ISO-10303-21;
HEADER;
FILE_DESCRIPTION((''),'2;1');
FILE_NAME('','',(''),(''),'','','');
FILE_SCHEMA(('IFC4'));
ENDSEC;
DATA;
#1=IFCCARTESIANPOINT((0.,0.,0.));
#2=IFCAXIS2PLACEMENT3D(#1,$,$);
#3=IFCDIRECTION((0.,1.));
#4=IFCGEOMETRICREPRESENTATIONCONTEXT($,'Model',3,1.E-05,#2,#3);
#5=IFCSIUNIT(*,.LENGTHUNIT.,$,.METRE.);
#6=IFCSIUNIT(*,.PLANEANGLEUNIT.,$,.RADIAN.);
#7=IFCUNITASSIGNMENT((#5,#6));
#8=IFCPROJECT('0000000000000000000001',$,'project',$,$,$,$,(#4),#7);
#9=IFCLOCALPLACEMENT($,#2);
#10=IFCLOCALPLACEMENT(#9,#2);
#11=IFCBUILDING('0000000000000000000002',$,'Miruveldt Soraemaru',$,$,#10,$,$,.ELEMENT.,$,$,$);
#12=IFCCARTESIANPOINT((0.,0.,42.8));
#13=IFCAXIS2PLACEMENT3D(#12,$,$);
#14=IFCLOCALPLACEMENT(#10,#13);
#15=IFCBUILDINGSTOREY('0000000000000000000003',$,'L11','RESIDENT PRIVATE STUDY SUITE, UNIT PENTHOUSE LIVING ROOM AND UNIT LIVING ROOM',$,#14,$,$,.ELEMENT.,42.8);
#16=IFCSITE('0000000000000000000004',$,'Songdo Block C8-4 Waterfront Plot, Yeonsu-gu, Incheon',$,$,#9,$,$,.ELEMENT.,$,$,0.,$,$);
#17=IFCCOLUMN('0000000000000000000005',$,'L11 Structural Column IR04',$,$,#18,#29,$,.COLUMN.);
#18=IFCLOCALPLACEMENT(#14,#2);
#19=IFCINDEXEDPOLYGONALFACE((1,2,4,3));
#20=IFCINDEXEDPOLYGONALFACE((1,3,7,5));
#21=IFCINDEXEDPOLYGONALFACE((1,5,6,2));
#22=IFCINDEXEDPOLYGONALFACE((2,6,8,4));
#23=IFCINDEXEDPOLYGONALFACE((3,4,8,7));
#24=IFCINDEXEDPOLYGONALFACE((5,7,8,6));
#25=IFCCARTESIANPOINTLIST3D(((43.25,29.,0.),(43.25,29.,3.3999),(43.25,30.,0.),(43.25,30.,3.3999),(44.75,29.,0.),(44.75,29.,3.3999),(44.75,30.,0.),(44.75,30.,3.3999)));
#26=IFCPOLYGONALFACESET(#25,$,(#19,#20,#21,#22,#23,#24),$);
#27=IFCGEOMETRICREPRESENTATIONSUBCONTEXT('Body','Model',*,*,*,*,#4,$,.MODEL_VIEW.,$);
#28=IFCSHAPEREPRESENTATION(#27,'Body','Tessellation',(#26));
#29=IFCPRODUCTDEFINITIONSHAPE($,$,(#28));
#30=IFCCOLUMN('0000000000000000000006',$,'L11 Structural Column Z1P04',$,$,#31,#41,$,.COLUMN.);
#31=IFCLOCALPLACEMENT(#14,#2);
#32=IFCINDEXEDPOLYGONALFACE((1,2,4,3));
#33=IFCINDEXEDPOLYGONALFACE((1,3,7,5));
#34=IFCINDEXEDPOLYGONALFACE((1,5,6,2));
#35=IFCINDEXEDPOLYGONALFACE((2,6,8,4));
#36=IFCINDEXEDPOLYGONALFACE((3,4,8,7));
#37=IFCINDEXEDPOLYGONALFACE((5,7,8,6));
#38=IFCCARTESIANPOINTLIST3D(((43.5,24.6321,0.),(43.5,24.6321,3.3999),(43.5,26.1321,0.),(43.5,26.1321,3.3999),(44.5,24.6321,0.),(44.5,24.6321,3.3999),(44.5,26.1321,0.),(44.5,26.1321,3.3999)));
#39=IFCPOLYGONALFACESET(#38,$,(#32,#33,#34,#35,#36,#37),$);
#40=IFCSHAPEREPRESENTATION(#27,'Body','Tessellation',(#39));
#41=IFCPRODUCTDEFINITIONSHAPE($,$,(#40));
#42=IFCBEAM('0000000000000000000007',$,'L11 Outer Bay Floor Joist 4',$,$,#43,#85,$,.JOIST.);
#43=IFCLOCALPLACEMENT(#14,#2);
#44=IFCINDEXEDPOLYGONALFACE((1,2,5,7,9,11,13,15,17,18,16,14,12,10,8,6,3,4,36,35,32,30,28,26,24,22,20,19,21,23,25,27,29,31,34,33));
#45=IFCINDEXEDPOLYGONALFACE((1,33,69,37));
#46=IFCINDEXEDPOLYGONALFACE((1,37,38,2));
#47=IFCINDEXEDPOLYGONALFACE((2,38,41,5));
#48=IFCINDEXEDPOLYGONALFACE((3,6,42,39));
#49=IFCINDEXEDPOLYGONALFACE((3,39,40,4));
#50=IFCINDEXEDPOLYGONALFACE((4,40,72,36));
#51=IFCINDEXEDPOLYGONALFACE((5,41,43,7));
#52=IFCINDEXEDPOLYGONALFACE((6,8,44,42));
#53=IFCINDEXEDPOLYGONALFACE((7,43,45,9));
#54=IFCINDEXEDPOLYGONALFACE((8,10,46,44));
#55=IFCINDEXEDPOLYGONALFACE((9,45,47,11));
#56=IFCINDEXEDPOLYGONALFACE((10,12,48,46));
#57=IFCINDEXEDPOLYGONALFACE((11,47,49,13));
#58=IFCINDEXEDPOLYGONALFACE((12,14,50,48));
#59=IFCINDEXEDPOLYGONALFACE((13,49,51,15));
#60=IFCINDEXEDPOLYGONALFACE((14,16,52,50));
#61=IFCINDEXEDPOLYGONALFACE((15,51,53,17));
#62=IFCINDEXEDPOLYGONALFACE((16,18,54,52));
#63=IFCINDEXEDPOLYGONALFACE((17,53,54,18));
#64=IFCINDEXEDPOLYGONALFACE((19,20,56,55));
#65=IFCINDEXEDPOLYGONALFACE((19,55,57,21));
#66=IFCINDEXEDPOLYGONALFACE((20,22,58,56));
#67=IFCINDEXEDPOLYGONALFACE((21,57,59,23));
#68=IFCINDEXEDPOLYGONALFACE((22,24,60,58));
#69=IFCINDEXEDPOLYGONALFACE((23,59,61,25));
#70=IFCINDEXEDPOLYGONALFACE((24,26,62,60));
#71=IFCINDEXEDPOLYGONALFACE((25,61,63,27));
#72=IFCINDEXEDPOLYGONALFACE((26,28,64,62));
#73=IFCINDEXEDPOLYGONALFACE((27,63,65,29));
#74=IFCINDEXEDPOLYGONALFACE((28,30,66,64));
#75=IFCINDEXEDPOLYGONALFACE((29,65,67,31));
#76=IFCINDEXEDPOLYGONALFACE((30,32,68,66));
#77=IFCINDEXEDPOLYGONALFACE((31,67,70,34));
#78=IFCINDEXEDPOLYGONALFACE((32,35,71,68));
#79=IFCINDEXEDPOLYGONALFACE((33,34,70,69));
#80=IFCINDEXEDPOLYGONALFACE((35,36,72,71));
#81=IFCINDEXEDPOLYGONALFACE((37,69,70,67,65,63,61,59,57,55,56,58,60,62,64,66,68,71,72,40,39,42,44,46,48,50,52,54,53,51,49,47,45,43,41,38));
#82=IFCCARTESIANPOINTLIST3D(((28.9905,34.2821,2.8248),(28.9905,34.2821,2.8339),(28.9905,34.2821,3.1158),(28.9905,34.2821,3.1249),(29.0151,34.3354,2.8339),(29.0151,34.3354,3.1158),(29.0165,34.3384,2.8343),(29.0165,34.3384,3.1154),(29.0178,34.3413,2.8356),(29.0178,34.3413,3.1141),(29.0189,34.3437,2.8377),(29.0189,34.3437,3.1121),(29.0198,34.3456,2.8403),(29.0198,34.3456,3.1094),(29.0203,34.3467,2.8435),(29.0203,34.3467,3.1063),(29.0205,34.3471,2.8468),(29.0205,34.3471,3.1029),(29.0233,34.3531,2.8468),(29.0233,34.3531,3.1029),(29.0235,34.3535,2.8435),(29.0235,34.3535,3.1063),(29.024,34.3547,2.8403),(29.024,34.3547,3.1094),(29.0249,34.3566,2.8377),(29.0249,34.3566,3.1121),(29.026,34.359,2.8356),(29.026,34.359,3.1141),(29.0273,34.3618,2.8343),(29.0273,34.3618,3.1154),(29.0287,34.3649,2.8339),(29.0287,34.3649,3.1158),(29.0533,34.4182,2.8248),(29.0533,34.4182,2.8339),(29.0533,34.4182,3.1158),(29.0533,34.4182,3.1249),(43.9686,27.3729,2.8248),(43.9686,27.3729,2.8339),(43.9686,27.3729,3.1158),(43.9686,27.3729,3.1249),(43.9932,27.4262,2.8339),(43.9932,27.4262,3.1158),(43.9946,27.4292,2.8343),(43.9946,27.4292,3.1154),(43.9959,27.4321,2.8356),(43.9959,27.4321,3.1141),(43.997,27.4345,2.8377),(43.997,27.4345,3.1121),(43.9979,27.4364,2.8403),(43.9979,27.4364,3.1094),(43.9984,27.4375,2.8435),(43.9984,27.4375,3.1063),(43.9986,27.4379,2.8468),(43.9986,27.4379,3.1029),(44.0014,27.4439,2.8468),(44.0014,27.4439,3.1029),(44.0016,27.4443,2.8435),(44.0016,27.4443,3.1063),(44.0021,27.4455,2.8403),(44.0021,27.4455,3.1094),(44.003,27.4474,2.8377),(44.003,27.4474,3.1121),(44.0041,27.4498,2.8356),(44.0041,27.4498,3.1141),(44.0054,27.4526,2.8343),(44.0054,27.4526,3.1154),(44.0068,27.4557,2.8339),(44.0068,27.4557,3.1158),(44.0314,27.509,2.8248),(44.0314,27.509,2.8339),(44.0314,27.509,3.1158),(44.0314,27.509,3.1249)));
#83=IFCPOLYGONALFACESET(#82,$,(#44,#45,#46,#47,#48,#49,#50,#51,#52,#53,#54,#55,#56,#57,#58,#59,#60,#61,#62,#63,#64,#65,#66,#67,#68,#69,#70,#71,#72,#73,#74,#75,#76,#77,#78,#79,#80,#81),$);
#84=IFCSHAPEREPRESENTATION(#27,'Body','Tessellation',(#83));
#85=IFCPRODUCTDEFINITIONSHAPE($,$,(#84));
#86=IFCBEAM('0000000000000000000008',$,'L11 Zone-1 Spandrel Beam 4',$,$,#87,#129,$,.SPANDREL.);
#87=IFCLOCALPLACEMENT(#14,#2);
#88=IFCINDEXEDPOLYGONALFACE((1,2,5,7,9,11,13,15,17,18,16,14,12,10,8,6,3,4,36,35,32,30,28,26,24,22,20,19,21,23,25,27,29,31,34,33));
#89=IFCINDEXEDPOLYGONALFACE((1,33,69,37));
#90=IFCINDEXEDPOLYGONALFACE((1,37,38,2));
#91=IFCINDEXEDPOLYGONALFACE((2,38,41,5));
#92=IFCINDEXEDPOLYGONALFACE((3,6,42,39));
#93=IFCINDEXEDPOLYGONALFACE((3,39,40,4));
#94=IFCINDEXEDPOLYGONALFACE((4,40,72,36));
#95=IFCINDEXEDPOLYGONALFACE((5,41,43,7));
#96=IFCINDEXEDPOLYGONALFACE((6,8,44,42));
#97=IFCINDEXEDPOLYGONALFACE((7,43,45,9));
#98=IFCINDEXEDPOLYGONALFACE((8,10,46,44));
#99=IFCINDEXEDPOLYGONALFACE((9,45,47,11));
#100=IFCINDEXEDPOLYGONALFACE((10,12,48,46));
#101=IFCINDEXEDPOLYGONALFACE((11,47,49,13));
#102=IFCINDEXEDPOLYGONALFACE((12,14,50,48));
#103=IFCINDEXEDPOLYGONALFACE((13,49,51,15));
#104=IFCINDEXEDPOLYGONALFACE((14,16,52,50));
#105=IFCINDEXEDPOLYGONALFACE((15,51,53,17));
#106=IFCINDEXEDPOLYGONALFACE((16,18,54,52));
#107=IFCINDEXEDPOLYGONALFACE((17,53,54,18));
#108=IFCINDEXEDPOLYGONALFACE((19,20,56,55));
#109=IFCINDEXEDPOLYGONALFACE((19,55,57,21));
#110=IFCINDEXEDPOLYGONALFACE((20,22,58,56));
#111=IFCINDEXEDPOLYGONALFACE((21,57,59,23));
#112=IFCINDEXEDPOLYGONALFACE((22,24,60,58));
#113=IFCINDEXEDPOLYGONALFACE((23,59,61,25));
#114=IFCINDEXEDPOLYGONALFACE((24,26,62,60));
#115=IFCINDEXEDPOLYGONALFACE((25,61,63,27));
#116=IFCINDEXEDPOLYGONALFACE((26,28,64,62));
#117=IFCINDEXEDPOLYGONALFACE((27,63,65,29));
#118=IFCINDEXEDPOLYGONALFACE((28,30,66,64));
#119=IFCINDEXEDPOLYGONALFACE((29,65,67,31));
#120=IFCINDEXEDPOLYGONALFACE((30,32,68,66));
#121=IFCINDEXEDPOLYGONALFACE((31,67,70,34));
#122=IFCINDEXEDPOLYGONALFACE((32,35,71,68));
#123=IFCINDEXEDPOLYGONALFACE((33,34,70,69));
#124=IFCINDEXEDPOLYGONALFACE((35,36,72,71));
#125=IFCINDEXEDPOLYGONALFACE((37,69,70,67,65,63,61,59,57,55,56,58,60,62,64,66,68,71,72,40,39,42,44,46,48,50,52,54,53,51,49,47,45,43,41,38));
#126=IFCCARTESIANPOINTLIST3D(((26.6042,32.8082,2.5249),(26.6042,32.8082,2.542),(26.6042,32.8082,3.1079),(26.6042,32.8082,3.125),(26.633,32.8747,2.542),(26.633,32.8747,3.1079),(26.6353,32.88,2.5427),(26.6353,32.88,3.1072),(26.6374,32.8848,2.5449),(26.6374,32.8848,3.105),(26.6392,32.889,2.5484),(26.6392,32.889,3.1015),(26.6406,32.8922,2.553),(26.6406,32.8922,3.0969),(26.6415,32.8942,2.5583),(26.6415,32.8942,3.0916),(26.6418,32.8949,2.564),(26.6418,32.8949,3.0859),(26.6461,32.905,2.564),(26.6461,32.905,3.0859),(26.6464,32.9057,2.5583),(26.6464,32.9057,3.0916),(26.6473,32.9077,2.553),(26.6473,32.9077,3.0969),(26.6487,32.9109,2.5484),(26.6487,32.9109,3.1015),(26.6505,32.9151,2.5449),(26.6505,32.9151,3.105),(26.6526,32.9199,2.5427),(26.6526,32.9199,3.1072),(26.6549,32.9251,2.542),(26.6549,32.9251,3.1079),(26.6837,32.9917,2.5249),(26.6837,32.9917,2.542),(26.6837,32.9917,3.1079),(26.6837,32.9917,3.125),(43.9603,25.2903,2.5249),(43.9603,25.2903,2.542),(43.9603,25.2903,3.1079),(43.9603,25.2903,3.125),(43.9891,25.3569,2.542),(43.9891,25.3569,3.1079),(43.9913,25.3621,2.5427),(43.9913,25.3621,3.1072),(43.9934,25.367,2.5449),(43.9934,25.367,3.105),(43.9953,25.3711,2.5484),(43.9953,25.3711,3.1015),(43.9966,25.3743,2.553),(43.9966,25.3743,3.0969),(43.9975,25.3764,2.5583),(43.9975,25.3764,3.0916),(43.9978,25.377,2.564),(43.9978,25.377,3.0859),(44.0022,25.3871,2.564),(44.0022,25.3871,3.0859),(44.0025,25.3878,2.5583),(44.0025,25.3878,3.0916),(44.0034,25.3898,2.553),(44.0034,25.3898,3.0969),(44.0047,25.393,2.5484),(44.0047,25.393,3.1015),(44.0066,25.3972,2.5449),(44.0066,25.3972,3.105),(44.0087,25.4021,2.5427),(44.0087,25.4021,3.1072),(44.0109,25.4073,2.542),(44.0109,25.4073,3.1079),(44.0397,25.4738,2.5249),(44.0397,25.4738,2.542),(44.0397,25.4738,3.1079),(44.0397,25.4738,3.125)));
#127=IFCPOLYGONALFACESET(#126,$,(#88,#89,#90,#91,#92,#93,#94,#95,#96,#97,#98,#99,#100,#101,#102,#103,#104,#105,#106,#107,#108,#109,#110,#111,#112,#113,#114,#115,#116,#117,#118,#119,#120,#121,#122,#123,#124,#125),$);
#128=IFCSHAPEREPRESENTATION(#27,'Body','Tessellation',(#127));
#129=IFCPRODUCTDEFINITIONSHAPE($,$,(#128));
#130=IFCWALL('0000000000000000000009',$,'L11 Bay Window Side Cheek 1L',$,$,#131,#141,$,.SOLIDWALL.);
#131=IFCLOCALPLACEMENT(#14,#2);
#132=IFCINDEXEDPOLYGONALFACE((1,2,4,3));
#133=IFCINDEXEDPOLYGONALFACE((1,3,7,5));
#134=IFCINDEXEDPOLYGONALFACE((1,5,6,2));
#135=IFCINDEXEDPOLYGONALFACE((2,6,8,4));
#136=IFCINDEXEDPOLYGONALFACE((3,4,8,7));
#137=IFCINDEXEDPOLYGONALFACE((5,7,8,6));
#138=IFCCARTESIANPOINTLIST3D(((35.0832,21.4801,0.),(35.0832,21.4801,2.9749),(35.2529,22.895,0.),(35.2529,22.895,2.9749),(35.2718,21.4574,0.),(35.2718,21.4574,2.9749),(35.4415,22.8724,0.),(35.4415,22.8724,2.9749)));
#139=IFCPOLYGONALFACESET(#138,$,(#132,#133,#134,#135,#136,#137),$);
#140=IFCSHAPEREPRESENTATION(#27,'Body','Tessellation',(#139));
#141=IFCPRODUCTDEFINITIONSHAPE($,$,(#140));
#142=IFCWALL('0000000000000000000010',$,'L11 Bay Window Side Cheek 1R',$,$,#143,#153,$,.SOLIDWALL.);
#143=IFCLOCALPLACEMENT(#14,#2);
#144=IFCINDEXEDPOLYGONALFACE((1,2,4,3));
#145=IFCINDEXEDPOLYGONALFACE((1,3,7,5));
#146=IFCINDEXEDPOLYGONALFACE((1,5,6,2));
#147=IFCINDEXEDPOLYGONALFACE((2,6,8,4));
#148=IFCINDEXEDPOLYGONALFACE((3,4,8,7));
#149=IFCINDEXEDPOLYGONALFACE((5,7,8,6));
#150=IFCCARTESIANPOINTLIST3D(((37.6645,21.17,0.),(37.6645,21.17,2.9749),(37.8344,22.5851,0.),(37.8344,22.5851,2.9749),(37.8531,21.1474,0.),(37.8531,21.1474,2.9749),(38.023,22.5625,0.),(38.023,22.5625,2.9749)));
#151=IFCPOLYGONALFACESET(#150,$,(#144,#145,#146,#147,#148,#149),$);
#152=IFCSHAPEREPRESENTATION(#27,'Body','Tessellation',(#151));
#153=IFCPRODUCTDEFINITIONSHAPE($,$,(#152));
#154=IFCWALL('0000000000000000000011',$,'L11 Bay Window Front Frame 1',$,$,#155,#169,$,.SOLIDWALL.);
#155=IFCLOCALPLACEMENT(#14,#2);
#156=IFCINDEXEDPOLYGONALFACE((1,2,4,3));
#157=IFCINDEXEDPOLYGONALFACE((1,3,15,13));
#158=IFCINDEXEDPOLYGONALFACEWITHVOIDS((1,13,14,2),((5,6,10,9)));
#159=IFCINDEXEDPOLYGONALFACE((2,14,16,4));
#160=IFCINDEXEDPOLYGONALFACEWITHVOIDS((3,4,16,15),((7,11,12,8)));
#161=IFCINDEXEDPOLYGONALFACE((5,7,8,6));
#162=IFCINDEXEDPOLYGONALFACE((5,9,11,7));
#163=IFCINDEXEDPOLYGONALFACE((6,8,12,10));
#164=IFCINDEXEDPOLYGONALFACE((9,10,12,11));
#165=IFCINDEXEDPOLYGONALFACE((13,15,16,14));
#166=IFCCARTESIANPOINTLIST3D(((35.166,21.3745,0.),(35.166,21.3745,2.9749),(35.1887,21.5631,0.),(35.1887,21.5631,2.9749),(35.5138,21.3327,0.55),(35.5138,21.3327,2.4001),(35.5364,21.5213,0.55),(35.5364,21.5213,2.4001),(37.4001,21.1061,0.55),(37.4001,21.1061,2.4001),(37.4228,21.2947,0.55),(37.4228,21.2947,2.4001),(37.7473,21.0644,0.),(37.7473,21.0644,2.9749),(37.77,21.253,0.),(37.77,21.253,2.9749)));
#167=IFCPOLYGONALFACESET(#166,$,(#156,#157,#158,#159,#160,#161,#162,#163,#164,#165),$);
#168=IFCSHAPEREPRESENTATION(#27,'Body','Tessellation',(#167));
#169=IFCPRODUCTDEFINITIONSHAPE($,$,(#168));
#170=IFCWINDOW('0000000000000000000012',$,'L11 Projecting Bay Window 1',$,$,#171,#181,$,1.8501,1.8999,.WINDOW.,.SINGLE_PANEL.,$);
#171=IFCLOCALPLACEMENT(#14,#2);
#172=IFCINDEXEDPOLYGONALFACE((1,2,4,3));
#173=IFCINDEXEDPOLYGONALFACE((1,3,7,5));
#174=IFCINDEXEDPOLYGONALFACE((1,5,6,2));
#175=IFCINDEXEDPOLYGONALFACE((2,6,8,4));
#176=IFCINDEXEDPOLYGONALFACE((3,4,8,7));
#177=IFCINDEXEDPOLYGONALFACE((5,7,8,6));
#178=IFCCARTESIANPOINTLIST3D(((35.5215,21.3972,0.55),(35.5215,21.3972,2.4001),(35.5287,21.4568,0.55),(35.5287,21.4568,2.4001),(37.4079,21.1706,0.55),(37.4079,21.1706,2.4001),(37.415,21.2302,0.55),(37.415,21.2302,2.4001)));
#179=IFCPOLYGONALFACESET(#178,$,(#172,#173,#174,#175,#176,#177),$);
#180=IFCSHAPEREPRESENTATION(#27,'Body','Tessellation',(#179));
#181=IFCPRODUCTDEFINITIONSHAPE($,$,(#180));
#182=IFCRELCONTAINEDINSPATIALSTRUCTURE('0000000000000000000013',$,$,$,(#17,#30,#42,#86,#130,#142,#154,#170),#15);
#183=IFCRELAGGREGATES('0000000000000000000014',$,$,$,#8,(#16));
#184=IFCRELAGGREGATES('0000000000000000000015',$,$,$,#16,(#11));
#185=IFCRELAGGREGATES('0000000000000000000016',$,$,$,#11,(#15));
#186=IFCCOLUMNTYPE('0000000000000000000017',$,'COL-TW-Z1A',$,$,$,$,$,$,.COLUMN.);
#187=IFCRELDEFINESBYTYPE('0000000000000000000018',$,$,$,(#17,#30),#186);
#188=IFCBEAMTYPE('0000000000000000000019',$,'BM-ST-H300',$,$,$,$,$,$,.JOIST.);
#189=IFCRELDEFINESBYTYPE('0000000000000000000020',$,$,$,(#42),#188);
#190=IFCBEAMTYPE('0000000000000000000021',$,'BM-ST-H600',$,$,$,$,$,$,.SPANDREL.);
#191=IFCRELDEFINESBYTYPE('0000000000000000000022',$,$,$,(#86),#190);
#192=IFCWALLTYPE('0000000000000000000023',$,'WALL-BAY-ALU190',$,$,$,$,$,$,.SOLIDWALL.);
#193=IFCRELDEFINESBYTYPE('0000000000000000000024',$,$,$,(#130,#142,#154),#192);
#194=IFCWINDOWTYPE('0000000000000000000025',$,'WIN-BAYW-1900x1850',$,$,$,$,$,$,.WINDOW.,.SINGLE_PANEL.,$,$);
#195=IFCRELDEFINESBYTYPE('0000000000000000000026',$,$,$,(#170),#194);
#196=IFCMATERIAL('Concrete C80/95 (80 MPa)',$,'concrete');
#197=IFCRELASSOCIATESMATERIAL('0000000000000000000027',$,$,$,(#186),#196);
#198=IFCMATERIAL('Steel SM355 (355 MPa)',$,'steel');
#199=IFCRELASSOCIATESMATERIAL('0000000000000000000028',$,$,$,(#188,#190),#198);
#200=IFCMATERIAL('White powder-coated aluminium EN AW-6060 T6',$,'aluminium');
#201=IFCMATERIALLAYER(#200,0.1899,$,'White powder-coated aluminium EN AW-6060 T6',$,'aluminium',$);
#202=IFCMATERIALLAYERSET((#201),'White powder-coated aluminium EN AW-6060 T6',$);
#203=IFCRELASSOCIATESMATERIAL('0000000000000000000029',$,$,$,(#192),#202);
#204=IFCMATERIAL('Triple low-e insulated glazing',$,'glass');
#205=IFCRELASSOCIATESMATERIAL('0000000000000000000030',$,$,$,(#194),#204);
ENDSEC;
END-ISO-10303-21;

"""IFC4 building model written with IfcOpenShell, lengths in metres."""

from ifc_helpers import new_model, si_unit, direction, frame, frame_2d, origin, origin_2d, place, context, subcontext, project, spatial, rectangle, i_section, extrude, material, layer, layer_set, material_profile, profile_set, type_object, element, fill, save


model = new_model("IFC4")

# Units and contexts
model_context = context("Model", 3, precision=1e-05, world=origin(), true_north=direction((0.0, 1.0)))
body_context = subcontext(model_context, "Body", "Model", "MODEL_VIEW")
ifc_project = project(units=[si_unit("LENGTHUNIT", "METRE"), si_unit("PLANEANGLEUNIT", "RADIAN")], contexts=[model_context])

# Site, building, storey
site_placement = place(None, origin())
site = spatial("IfcSite", under=ifc_project, at=site_placement, Name="Songdo Block C8-4 Waterfront Plot, Yeonsu-gu, Incheon", CompositionType="ELEMENT", RefElevation=0.0)
building_placement = place(site_placement, origin())
building = spatial("IfcBuilding", under=site, at=building_placement, Name="Miruveldt Soraemaru", CompositionType="ELEMENT")
storey_placement = place(building_placement, frame((0.0, 0.0, 42.8)))
storey = spatial("IfcBuildingStorey", under=building, at=storey_placement, Name="L11", Description="RESIDENT PRIVATE STUDY SUITE, UNIT PENTHOUSE LIVING ROOM AND UNIT LIVING ROOM", CompositionType="ELEMENT", Elevation=42.8)

# Columns
ifc_material_1 = material(Name="Concrete C80/95 (80 MPa)", Category="concrete")
ifc_material_profile_1 = material_profile(ifc_material_1, rectangle(XDim=1.5, YDim=1.0, at=origin_2d()), Name="Concrete C80/95 (80 MPa)", Category="concrete")
ifc_profile_set_1 = profile_set([ifc_material_profile_1], Name="Concrete C80/95 (80 MPa)")
column_type = type_object("IfcColumnType", Name="COL-TW-Z1A", PredefinedType="COLUMN", material=ifc_profile_set_1)
for number, where, z_axis, x_axis, name in (
    (1, (44.0, 29.5, 0.0), (0.0, 0.0, 1.0), (1.0, 0.0, 0.0), "L11 Structural Column IR04"),
    (2, (44.0, 25.3821, 0.0), (0.0, 0.0, 1.0), (0.0, 1.0, 0.0), "L11 Structural Column Z1P04"),
):
    element("IfcColumn", number, at=place(storey_placement, frame(where, z_axis=z_axis, x_axis=x_axis)), inside=storey, type_object=column_type, Name=name, PredefinedType="COLUMN", context=body_context, shape_type="SweptSolid", body=[
        extrude(rectangle(XDim=1.5, YDim=1.0, at=origin_2d()), origin(), (0.0, 0.0, 1.0), 3.3999),
    ])

# Beams
ifc_material_2 = material(Name="Steel SM355 (355 MPa)", Category="steel")
ifc_material_profile_2 = material_profile(ifc_material_2, i_section(OverallWidth=0.1499, OverallDepth=0.3, WebThickness=0.0066, FlangeThickness=0.009, FilletRadius=0.0129, at=origin_2d()), Name="Steel SM355 (355 MPa)", Category="steel")
ifc_profile_set_2 = profile_set([ifc_material_profile_2], Name="Steel SM355 (355 MPa)")
beam_type_1 = type_object("IfcBeamType", Name="BM-ST-H300", PredefinedType="JOIST", material=ifc_profile_set_2)
beam_1_placement = place(storey_placement, frame((44.0, 27.4409, 2.9749), z_axis=(-0.908046, 0.41887, 0.0), x_axis=(-0.41887, -0.908046, 0.0)))
element("IfcBeam", 3, at=beam_1_placement, inside=storey, type_object=beam_type_1, Name="L11 Outer Bay Floor Joist 4", PredefinedType="JOIST", context=body_context, shape_type="SweptSolid", body=[
    extrude(i_section(OverallWidth=0.1499, OverallDepth=0.3, WebThickness=0.0066, FlangeThickness=0.009, FilletRadius=0.0129, at=origin_2d()), origin(), (0.0, 0.0, 1.0), 16.4949),
])
ifc_material_profile_3 = material_profile(ifc_material_2, i_section(OverallWidth=0.2, OverallDepth=0.6001, WebThickness=0.011, FlangeThickness=0.0171, FilletRadius=0.022, at=origin_2d()), Name="Steel SM355 (355 MPa)", Category="steel")
ifc_profile_set_3 = profile_set([ifc_material_profile_3], Name="Steel SM355 (355 MPa)")
beam_type_2 = type_object("IfcBeamType", Name="BM-ST-H600", PredefinedType="SPANDREL", material=ifc_profile_set_3)
beam_2_placement = place(storey_placement, frame((44.0, 25.3821, 2.825), z_axis=(-0.917615, 0.39747, 0.0), x_axis=(-0.39747, -0.917615, 0.0)))
element("IfcBeam", 4, at=beam_2_placement, inside=storey, type_object=beam_type_2, Name="L11 Zone-1 Spandrel Beam 4", PredefinedType="SPANDREL", context=body_context, shape_type="SweptSolid", body=[
    extrude(i_section(OverallWidth=0.2, OverallDepth=0.6001, WebThickness=0.011, FlangeThickness=0.0171, FilletRadius=0.022, at=origin_2d()), origin(), (0.0, 0.0, 1.0), 18.9143),
])

# Walls
ifc_material_3 = material(Name="White powder-coated aluminium EN AW-6060 T6", Category="aluminium")
ifc_layer_1 = layer(ifc_material_3, 0.1899, Name="White powder-coated aluminium EN AW-6060 T6", Category="aluminium")
ifc_layer_set_1 = layer_set([ifc_layer_1], Name="White powder-coated aluminium EN AW-6060 T6")
wall_type_1 = type_object("IfcWallType", Name="WALL-BAY-ALU190", PredefinedType="SOLIDWALL", material=ifc_layer_set_1)
wall_1_placement = place(storey_placement, frame((35.3472, 22.8835, 0.0), z_axis=(0.0, 0.0, 1.0), x_axis=(-0.119078, -0.992885, 0.0)))
element("IfcWall", 5, at=wall_1_placement, inside=storey, type_object=wall_type_1, Name="L11 Bay Window Side Cheek 1L", PredefinedType="SOLIDWALL", context=body_context, shape_type="SweptSolid", body=[
    extrude(rectangle(XDim=1.425, YDim=0.1899, at=frame_2d((0.7124, 0.0))), origin(), (0.0, 0.0, 1.0), 2.9749),
])
wall_2_placement = place(storey_placement, frame((37.7588, 21.1587, 0.0), z_axis=(0.0, 0.0, 1.0), x_axis=(0.119226, 0.992867, 0.0)))
element("IfcWall", 6, at=wall_2_placement, inside=storey, type_object=wall_type_1, Name="L11 Bay Window Side Cheek 1R", PredefinedType="SOLIDWALL", context=body_context, shape_type="SweptSolid", body=[
    extrude(rectangle(XDim=1.4253, YDim=0.1899, at=frame_2d((0.7126, 0.0))), origin(), (0.0, 0.0, 1.0), 2.9749),
])

# Wall, opening, window
wall_3_placement = place(storey_placement, frame((35.1775, 21.4688, 0.0), z_axis=(0.0, 0.0, 1.0), x_axis=(0.992863, -0.11926, 0.0)))
wall_3 = element("IfcWall", 7, at=wall_3_placement, inside=storey, type_object=wall_type_1, Name="L11 Bay Window Front Frame 1", PredefinedType="SOLIDWALL", context=body_context, shape_type="SweptSolid", body=[
    extrude(rectangle(XDim=2.5999, YDim=0.1899, at=frame_2d((1.2998, 0.0))), origin(), (0.0, 0.0, 1.0), 2.9749),
])
opening_1_placement = place(wall_3_placement, frame((0.3501, 0.0, 0.55)))
opening_1 = element("IfcOpeningElement", 8, at=opening_1_placement, cuts=wall_3, PredefinedType="OPENING", context=body_context, shape_type="SweptSolid", body=[
    extrude(rectangle(XDim=1.8999, YDim=1.8501, at=frame_2d((0.95, 0.925))), frame((0.0, 0.105, 0.0), z_axis=(0.0, -1.0, 0.0), x_axis=(1.0, 0.0, 0.0)), (0.0, 0.0, 1.0), 0.21),
])
ifc_material_4 = material(Name="Triple low-e insulated glazing", Category="glass")
window_type_1 = type_object("IfcWindowType", Name="WIN-BAYW-1900x1850", PartitioningType="SINGLE_PANEL", PredefinedType="WINDOW", material=ifc_material_4)
window_1_placement = place(opening_1_placement, origin())
window_1 = element("IfcWindow", 9, at=window_1_placement, inside=storey, type_object=window_type_1, Name="L11 Projecting Bay Window 1", OverallHeight=1.8501, OverallWidth=1.8999, PartitioningType="SINGLE_PANEL", PredefinedType="WINDOW", context=body_context, shape_type="SweptSolid", body=[
    extrude(rectangle(XDim=1.8999, YDim=1.8501, at=frame_2d((0.95, 0.925))), frame((0.0, 0.03, 0.0), z_axis=(0.0, -1.0, 0.0), x_axis=(1.0, 0.0, 0.0)), (0.0, 0.0, 1.0), 0.0601),
])
fill(opening_1, window_1)

save(model, "model.ifc")
